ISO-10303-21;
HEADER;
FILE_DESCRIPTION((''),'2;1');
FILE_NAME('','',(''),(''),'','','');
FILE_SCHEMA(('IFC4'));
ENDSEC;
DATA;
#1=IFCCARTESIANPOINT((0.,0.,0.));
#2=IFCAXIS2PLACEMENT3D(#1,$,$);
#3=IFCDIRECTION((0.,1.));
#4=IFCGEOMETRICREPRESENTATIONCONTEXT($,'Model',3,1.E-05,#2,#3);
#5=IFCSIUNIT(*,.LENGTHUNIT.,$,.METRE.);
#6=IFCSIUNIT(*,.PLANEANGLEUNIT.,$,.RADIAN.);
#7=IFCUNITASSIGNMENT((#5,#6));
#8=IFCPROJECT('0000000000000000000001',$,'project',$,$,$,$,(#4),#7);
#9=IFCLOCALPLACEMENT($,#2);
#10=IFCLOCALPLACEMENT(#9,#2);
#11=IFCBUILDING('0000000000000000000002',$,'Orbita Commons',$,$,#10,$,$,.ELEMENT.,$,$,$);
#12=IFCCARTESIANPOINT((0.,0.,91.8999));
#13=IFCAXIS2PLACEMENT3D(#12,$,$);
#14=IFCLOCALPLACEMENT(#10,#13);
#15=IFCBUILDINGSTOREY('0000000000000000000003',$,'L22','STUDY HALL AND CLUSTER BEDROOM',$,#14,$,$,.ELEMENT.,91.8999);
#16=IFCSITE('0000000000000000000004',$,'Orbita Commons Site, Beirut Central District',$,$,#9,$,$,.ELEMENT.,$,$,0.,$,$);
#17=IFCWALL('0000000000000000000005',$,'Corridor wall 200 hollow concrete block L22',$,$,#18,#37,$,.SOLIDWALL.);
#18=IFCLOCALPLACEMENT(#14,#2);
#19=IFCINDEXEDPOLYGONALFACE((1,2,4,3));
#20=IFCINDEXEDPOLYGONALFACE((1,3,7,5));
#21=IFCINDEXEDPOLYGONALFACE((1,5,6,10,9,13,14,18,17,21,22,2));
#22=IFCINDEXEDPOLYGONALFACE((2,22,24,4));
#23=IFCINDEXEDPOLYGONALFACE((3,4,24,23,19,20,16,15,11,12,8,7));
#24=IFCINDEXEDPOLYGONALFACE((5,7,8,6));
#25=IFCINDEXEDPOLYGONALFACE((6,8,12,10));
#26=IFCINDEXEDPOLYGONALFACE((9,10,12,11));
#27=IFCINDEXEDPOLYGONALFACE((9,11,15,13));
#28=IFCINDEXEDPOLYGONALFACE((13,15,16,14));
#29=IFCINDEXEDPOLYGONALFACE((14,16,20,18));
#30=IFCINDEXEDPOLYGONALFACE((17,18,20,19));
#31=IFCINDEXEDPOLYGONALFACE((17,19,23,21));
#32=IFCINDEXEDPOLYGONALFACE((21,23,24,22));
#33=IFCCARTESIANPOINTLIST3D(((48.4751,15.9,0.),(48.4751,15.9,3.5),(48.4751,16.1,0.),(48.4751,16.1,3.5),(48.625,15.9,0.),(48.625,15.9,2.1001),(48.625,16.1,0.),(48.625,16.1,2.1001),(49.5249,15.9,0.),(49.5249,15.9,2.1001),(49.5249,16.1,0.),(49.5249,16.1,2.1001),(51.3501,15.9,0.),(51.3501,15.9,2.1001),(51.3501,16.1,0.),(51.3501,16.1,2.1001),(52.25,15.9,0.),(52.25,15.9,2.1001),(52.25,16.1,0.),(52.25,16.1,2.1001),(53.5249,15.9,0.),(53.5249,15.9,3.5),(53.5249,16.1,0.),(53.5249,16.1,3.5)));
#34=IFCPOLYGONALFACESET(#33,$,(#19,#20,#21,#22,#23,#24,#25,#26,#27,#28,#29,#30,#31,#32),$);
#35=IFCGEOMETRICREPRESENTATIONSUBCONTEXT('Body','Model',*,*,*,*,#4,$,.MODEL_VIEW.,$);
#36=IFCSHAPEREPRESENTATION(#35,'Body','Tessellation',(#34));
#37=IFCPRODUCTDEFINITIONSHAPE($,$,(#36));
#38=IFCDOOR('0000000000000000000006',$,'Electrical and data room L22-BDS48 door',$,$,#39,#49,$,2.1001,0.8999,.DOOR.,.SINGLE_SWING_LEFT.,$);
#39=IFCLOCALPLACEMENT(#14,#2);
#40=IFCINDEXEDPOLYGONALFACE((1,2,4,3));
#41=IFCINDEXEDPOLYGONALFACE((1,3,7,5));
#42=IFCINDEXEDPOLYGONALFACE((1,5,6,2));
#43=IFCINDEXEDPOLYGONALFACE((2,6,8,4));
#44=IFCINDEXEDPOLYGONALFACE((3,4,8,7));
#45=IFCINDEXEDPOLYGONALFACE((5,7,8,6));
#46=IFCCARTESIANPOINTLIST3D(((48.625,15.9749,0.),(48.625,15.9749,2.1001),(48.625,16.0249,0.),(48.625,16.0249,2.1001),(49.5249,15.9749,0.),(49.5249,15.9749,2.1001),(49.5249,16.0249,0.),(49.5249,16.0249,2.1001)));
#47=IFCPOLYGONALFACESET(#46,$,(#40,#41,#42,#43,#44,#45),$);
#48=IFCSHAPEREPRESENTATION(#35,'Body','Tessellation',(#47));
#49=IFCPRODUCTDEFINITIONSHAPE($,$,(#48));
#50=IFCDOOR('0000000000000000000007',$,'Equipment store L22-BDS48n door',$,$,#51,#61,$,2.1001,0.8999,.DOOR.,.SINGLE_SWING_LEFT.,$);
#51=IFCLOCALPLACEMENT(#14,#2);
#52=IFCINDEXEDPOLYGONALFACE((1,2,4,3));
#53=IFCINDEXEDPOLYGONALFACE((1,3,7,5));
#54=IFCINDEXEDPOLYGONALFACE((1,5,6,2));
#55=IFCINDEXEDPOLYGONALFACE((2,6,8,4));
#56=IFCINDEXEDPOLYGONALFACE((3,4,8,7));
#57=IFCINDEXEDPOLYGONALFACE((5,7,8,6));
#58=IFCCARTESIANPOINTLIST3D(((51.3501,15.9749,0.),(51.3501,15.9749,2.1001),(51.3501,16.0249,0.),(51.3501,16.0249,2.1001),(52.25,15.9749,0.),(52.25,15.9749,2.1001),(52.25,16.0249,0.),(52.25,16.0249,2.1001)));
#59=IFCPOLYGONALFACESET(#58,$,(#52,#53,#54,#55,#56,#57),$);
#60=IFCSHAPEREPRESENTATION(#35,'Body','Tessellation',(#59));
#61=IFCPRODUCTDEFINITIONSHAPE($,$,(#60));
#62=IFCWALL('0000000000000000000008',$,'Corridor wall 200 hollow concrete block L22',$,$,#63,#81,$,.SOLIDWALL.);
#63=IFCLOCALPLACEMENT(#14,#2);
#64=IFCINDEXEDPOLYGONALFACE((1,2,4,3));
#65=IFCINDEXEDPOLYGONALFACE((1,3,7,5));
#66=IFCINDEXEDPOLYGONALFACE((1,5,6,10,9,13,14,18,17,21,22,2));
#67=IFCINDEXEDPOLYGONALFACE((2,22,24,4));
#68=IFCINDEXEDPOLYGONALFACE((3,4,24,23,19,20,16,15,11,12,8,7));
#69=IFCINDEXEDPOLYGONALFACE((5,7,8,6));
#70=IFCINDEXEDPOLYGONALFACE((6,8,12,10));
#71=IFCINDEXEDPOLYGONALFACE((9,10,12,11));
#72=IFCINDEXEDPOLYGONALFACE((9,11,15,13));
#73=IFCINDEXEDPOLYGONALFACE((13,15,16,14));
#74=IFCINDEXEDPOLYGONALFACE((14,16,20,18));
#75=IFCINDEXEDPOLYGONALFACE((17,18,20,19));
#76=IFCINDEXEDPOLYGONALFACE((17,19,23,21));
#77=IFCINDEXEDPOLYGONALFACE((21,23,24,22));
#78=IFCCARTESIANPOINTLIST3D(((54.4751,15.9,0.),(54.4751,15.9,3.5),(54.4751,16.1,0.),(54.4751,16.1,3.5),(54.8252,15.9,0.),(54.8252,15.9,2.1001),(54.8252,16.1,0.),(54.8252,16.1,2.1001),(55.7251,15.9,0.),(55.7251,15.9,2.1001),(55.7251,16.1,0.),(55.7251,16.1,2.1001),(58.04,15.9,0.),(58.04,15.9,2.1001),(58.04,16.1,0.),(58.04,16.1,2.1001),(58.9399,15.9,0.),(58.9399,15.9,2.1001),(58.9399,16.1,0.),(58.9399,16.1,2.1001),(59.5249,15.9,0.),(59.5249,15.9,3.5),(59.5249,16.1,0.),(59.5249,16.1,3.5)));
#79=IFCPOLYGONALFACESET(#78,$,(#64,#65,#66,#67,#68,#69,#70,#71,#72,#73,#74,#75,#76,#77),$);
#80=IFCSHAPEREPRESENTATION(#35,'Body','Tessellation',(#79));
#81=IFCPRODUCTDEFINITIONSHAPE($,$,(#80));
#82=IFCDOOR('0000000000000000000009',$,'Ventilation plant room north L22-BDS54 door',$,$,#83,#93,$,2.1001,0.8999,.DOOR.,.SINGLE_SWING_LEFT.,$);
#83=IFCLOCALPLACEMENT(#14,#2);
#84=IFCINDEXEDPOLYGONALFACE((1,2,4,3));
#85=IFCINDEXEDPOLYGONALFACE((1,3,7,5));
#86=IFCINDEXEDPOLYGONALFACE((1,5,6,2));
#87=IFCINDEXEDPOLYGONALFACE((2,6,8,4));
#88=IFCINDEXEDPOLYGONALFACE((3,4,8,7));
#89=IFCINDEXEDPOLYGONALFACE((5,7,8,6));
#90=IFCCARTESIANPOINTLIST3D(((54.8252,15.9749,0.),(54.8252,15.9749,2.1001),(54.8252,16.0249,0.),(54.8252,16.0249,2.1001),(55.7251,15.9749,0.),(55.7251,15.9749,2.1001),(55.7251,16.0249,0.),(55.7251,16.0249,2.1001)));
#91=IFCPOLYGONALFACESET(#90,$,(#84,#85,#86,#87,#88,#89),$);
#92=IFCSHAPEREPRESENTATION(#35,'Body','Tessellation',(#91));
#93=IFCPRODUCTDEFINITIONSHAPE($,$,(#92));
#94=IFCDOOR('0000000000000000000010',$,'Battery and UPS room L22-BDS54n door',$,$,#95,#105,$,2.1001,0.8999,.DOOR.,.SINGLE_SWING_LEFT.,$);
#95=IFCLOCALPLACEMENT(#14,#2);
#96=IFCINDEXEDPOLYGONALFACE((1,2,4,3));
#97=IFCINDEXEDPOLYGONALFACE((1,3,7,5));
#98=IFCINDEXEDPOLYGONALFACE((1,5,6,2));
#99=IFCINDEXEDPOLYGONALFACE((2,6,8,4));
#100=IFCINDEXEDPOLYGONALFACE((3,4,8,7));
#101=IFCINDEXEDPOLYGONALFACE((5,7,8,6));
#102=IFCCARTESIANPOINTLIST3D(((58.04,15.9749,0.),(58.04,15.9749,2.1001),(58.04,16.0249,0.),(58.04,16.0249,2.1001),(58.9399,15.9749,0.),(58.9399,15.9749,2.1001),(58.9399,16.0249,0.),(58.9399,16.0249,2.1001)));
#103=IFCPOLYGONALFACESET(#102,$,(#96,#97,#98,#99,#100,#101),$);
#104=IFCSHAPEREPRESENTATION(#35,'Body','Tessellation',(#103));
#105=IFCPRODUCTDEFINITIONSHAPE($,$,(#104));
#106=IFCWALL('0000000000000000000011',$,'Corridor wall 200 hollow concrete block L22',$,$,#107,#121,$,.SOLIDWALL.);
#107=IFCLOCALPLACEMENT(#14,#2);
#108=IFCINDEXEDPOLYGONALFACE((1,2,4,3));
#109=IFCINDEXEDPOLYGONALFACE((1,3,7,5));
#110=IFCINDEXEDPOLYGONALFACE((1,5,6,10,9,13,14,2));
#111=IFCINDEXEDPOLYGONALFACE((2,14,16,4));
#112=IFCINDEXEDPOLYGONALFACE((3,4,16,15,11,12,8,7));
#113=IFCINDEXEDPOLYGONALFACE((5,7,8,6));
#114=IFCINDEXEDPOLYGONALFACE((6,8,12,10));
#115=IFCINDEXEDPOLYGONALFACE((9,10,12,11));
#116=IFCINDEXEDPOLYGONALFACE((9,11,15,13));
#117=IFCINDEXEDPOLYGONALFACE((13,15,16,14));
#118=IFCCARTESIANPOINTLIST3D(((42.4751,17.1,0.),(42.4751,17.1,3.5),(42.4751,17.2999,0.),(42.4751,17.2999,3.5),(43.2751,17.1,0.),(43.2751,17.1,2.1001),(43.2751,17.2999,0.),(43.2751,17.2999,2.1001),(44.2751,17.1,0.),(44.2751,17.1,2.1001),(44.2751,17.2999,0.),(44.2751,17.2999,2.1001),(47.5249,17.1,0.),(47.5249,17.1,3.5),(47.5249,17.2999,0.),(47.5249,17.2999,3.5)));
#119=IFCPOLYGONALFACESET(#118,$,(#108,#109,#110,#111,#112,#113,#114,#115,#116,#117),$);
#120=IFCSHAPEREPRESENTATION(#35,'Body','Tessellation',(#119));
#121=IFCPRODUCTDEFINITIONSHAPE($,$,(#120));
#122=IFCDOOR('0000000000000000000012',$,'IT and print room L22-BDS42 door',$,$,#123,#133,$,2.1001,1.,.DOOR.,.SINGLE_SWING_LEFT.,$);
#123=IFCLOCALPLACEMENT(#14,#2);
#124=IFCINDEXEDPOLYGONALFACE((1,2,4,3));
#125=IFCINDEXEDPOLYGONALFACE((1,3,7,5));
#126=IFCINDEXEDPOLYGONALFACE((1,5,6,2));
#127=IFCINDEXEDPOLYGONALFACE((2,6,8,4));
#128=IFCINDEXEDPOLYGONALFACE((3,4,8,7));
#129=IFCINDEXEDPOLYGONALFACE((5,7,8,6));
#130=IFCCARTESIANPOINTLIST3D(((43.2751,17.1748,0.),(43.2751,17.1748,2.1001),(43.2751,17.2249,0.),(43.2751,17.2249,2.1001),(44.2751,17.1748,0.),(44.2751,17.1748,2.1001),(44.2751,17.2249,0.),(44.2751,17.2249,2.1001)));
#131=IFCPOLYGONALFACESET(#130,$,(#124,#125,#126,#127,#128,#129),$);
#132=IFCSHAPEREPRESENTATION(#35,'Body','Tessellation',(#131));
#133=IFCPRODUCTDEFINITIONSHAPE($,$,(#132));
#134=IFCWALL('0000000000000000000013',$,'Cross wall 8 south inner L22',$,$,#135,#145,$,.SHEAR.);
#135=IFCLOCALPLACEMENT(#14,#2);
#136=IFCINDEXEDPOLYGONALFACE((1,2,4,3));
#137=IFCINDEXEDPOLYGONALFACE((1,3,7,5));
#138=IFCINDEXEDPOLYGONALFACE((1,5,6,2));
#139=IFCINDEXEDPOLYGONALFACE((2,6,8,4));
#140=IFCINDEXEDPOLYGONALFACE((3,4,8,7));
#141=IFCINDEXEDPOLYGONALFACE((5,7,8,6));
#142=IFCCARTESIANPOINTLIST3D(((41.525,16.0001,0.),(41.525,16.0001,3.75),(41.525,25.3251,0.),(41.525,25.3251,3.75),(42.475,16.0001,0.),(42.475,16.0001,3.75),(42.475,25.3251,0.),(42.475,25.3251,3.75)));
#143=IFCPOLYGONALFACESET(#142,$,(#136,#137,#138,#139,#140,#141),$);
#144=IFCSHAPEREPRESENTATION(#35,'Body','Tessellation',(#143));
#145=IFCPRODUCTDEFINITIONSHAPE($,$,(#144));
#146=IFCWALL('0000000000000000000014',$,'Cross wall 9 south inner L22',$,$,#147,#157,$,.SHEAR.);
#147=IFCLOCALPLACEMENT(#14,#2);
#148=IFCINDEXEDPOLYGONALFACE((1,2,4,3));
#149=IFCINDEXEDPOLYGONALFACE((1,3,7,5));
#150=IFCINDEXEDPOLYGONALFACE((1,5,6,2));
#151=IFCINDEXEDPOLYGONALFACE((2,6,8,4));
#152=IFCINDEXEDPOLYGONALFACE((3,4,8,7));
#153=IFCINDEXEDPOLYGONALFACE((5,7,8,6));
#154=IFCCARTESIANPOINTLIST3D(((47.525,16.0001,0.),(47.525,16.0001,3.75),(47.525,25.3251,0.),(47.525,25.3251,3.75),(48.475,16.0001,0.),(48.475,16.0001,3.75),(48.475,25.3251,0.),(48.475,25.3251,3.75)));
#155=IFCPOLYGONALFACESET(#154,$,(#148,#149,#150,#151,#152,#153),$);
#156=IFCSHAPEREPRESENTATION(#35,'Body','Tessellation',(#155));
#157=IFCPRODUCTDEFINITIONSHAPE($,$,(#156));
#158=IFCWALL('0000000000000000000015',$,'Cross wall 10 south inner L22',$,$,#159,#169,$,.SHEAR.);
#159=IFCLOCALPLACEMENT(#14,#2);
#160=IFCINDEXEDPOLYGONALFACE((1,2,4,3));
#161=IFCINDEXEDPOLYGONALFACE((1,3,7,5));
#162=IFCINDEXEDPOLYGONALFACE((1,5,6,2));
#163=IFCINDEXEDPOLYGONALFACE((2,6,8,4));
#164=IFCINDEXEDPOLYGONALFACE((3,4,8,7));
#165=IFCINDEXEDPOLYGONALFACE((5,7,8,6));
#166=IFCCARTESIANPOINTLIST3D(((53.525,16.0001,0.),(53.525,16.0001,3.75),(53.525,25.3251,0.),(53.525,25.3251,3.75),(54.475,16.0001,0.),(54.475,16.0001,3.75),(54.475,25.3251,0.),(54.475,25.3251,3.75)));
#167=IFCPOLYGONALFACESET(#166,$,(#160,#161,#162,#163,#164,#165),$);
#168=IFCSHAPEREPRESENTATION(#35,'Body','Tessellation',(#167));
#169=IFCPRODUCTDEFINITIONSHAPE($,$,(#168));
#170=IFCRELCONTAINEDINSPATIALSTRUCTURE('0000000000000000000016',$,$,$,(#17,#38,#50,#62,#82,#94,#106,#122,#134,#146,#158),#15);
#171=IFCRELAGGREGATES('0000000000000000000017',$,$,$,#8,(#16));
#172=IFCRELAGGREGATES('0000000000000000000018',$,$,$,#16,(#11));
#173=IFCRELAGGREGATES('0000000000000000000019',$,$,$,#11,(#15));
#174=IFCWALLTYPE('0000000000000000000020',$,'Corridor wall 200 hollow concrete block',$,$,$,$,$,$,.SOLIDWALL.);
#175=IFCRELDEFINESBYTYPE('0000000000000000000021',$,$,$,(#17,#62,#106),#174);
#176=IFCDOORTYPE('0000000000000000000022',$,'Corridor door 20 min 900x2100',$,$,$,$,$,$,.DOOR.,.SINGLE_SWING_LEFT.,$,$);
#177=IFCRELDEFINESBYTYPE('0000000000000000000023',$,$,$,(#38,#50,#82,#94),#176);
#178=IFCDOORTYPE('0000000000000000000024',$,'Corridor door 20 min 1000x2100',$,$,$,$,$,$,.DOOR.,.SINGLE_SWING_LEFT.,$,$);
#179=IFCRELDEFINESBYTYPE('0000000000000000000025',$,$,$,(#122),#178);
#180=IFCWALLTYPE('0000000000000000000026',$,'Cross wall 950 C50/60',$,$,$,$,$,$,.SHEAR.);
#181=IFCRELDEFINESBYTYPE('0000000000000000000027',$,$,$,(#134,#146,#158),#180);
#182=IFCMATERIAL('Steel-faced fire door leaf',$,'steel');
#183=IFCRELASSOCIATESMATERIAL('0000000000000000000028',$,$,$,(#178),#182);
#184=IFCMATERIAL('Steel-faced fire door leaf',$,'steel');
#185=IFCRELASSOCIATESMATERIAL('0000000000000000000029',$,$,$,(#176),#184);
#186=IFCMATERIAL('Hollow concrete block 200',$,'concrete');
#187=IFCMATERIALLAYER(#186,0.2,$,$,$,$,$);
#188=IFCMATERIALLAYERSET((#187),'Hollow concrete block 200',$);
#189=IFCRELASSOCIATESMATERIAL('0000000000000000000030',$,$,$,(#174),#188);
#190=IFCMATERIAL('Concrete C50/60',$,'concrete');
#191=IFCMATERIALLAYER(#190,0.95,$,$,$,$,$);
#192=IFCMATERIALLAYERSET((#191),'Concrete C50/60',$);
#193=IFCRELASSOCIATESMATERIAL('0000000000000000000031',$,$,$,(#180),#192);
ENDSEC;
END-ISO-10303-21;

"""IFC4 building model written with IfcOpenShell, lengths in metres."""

from ifc_helpers import new_model, si_unit, direction, frame, frame_2d, origin, place, context, subcontext, project, spatial, rectangle, extrude, material, layer, layer_set, type_object, element, fill, save


model = new_model("IFC4")

# Units and contexts
model_context = context("Model", 3, precision=1e-05, world=origin(), true_north=direction((0.0, 1.0)))
body_context = subcontext(model_context, "Body", "Model", "MODEL_VIEW")
ifc_project = project(units=[si_unit("LENGTHUNIT", "METRE"), si_unit("PLANEANGLEUNIT", "RADIAN")], contexts=[model_context])

# Site, building, storey
site_placement = place(None, origin())
site = spatial("IfcSite", under=ifc_project, at=site_placement, Name="Orbita Commons Site, Beirut Central District", CompositionType="ELEMENT", RefElevation=0.0)
building_placement = place(site_placement, origin())
building = spatial("IfcBuilding", under=site, at=building_placement, Name="Orbita Commons", CompositionType="ELEMENT")
storey_placement = place(building_placement, frame((0.0, 0.0, 91.8999)))
storey = spatial("IfcBuildingStorey", under=building, at=storey_placement, Name="L22", Description="STUDY HALL AND CLUSTER BEDROOM", CompositionType="ELEMENT", Elevation=91.8999)

# Shared definitions
ifc_material_1 = material(Name="Steel-faced fire door leaf", Category="steel")
door_type_1 = type_object("IfcDoorType", Name="Corridor door 20 min 1000x2100", OperationType="SINGLE_SWING_LEFT", PredefinedType="DOOR", material=ifc_material_1)

# Walls, openings, doors
ifc_material_2 = material(Name="Steel-faced fire door leaf", Category="steel")
door_type_2 = type_object("IfcDoorType", Name="Corridor door 20 min 900x2100", OperationType="SINGLE_SWING_LEFT", PredefinedType="DOOR", material=ifc_material_2)
ifc_material_3 = material(Name="Hollow concrete block 200", Category="concrete")
ifc_layer_1 = layer(ifc_material_3, 0.2)
ifc_layer_set_1 = layer_set([ifc_layer_1], Name="Hollow concrete block 200")
wall_type_1 = type_object("IfcWallType", Name="Corridor wall 200 hollow concrete block", PredefinedType="SOLIDWALL", material=ifc_layer_set_1)
wall_1_placement = place(storey_placement, frame((48.4751, 16.0, 0.0), z_axis=(0.0, 0.0, 1.0), x_axis=(1.0, 0.0, 0.0)))
wall_1 = element("IfcWall", 1, at=wall_1_placement, inside=storey, type_object=wall_type_1, Name="Corridor wall 200 hollow concrete block L22", PredefinedType="SOLIDWALL", context=body_context, shape_type="SweptSolid", body=[
    extrude(rectangle(XDim=5.0498, YDim=0.2, at=frame_2d((2.5249, 0.0))), origin(), (0.0, 0.0, 1.0), 3.5),
])
opening_1_placement = place(wall_1_placement, frame((0.1499, 0.0, 0.0)))
opening_1 = element("IfcOpeningElement", 2, at=opening_1_placement, cuts=wall_1, PredefinedType="OPENING", context=body_context, shape_type="SweptSolid", body=[
    extrude(rectangle(XDim=0.8999, YDim=2.1001, at=frame_2d((0.45, 1.05))), frame((0.0, 0.1099, 0.0), z_axis=(0.0, -1.0, 0.0), x_axis=(1.0, 0.0, 0.0)), (0.0, 0.0, 1.0), 0.22),
])
opening_2_placement = place(wall_1_placement, frame((2.875, 0.0, 0.0)))
opening_2 = element("IfcOpeningElement", 3, at=opening_2_placement, cuts=wall_1, PredefinedType="OPENING", context=body_context, shape_type="SweptSolid", body=[
    extrude(rectangle(XDim=0.8999, YDim=2.1001, at=frame_2d((0.45, 1.05))), frame((0.0, 0.1099, 0.0), z_axis=(0.0, -1.0, 0.0), x_axis=(1.0, 0.0, 0.0)), (0.0, 0.0, 1.0), 0.22),
])
door_1_placement = place(opening_1_placement, origin())
door_1 = element("IfcDoor", 4, at=door_1_placement, inside=storey, type_object=door_type_2, Name="Electrical and data room L22-BDS48 door", OperationType="SINGLE_SWING_LEFT", OverallHeight=2.1001, OverallWidth=0.8999, PredefinedType="DOOR", context=body_context, shape_type="SweptSolid", body=[
    extrude(rectangle(XDim=0.8999, YDim=2.1001, at=frame_2d((0.45, 1.05))), frame((0.0, 0.0249, 0.0), z_axis=(0.0, -1.0, 0.0), x_axis=(1.0, 0.0, 0.0)), (0.0, 0.0, 1.0), 0.05),
])
fill(opening_1, door_1)
door_2_placement = place(opening_2_placement, origin())
door_2 = element("IfcDoor", 5, at=door_2_placement, inside=storey, type_object=door_type_2, Name="Equipment store L22-BDS48n door", OperationType="SINGLE_SWING_LEFT", OverallHeight=2.1001, OverallWidth=0.8999, PredefinedType="DOOR", context=body_context, shape_type="SweptSolid", body=[
    extrude(rectangle(XDim=0.8999, YDim=2.1001, at=frame_2d((0.45, 1.05))), frame((0.0, 0.0249, 0.0), z_axis=(0.0, -1.0, 0.0), x_axis=(1.0, 0.0, 0.0)), (0.0, 0.0, 1.0), 0.05),
])
fill(opening_2, door_2)
wall_2_placement = place(storey_placement, frame((54.4751, 16.0, 0.0), z_axis=(0.0, 0.0, 1.0), x_axis=(1.0, 0.0, 0.0)))
wall_2 = element("IfcWall", 6, at=wall_2_placement, inside=storey, type_object=wall_type_1, Name="Corridor wall 200 hollow concrete block L22", PredefinedType="SOLIDWALL", context=body_context, shape_type="SweptSolid", body=[
    extrude(rectangle(XDim=5.0498, YDim=0.2, at=frame_2d((2.5249, 0.0))), origin(), (0.0, 0.0, 1.0), 3.5),
])
opening_3_placement = place(wall_2_placement, frame((0.3501, 0.0, 0.0)))
opening_3 = element("IfcOpeningElement", 7, at=opening_3_placement, cuts=wall_2, PredefinedType="OPENING", context=body_context, shape_type="SweptSolid", body=[
    extrude(rectangle(XDim=0.8999, YDim=2.1001, at=frame_2d((0.45, 1.05))), frame((0.0, 0.1099, 0.0), z_axis=(0.0, -1.0, 0.0), x_axis=(1.0, 0.0, 0.0)), (0.0, 0.0, 1.0), 0.22),
])
opening_4_placement = place(wall_2_placement, frame((3.5649, 0.0, 0.0)))
opening_4 = element("IfcOpeningElement", 8, at=opening_4_placement, cuts=wall_2, PredefinedType="OPENING", context=body_context, shape_type="SweptSolid", body=[
    extrude(rectangle(XDim=0.8999, YDim=2.1001, at=frame_2d((0.45, 1.05))), frame((0.0, 0.1099, 0.0), z_axis=(0.0, -1.0, 0.0), x_axis=(1.0, 0.0, 0.0)), (0.0, 0.0, 1.0), 0.22),
])
door_3_placement = place(opening_3_placement, origin())
door_3 = element("IfcDoor", 9, at=door_3_placement, inside=storey, type_object=door_type_2, Name="Ventilation plant room north L22-BDS54 door", OperationType="SINGLE_SWING_LEFT", OverallHeight=2.1001, OverallWidth=0.8999, PredefinedType="DOOR", context=body_context, shape_type="SweptSolid", body=[
    extrude(rectangle(XDim=0.8999, YDim=2.1001, at=frame_2d((0.45, 1.05))), frame((0.0, 0.0249, 0.0), z_axis=(0.0, -1.0, 0.0), x_axis=(1.0, 0.0, 0.0)), (0.0, 0.0, 1.0), 0.05),
])
fill(opening_3, door_3)
door_4_placement = place(opening_4_placement, origin())
door_4 = element("IfcDoor", 10, at=door_4_placement, inside=storey, type_object=door_type_2, Name="Battery and UPS room L22-BDS54n door", OperationType="SINGLE_SWING_LEFT", OverallHeight=2.1001, OverallWidth=0.8999, PredefinedType="DOOR", context=body_context, shape_type="SweptSolid", body=[
    extrude(rectangle(XDim=0.8999, YDim=2.1001, at=frame_2d((0.45, 1.05))), frame((0.0, 0.0249, 0.0), z_axis=(0.0, -1.0, 0.0), x_axis=(1.0, 0.0, 0.0)), (0.0, 0.0, 1.0), 0.05),
])
fill(opening_4, door_4)

# Wall, opening, door
wall_3_placement = place(storey_placement, frame((42.4751, 17.2, 0.0), z_axis=(0.0, 0.0, 1.0), x_axis=(1.0, 0.0, 0.0)))
wall_3 = element("IfcWall", 11, at=wall_3_placement, inside=storey, type_object=wall_type_1, Name="Corridor wall 200 hollow concrete block L22", PredefinedType="SOLIDWALL", context=body_context, shape_type="SweptSolid", body=[
    extrude(rectangle(XDim=5.0498, YDim=0.2, at=frame_2d((2.5249, 0.0))), origin(), (0.0, 0.0, 1.0), 3.5),
])
opening_5_placement = place(wall_3_placement, frame((0.8, 0.0, 0.0)))
opening_5 = element("IfcOpeningElement", 12, at=opening_5_placement, cuts=wall_3, PredefinedType="OPENING", context=body_context, shape_type="SweptSolid", body=[
    extrude(rectangle(XDim=1.0, YDim=2.1001, at=frame_2d((0.5, 1.05))), frame((0.0, 0.1099, 0.0), z_axis=(0.0, -1.0, 0.0), x_axis=(1.0, 0.0, 0.0)), (0.0, 0.0, 1.0), 0.22),
])
door_5_placement = place(opening_5_placement, origin())
door_5 = element("IfcDoor", 13, at=door_5_placement, inside=storey, type_object=door_type_1, Name="IT and print room L22-BDS42 door", OperationType="SINGLE_SWING_LEFT", OverallHeight=2.1001, OverallWidth=1.0, PredefinedType="DOOR", context=body_context, shape_type="SweptSolid", body=[
    extrude(rectangle(XDim=1.0, YDim=2.1001, at=frame_2d((0.5, 1.05))), frame((0.0, 0.0249, 0.0), z_axis=(0.0, -1.0, 0.0), x_axis=(1.0, 0.0, 0.0)), (0.0, 0.0, 1.0), 0.05),
])
fill(opening_5, door_5)

# Walls
ifc_material_4 = material(Name="Concrete C50/60", Category="concrete")
ifc_layer_2 = layer(ifc_material_4, 0.95)
ifc_layer_set_2 = layer_set([ifc_layer_2], Name="Concrete C50/60")
wall_type_2 = type_object("IfcWallType", Name="Cross wall 950 C50/60", PredefinedType="SHEAR", material=ifc_layer_set_2)
for number, where, z_axis, x_axis, name in (
    (14, (42.0, 16.0, 0.0), (0.0, 0.0, 1.0), (0.0, 1.0, 0.0), "Cross wall 8 south inner L22"),
    (15, (48.0, 16.0, 0.0), (0.0, 0.0, 1.0), (0.0, 1.0, 0.0), "Cross wall 9 south inner L22"),
    (16, (54.0, 16.0, 0.0), (0.0, 0.0, 1.0), (0.0, 1.0, 0.0), "Cross wall 10 south inner L22"),
):
    element("IfcWall", number, at=place(storey_placement, frame(where, z_axis=z_axis, x_axis=x_axis)), inside=storey, type_object=wall_type_2, Name=name, PredefinedType="SHEAR", context=body_context, shape_type="SweptSolid", body=[
        extrude(rectangle(XDim=9.325, YDim=0.95, at=frame_2d((4.6626, 0.0))), origin(), (0.0, 0.0, 1.0), 3.75),
    ])

save(model, "model.ifc")
